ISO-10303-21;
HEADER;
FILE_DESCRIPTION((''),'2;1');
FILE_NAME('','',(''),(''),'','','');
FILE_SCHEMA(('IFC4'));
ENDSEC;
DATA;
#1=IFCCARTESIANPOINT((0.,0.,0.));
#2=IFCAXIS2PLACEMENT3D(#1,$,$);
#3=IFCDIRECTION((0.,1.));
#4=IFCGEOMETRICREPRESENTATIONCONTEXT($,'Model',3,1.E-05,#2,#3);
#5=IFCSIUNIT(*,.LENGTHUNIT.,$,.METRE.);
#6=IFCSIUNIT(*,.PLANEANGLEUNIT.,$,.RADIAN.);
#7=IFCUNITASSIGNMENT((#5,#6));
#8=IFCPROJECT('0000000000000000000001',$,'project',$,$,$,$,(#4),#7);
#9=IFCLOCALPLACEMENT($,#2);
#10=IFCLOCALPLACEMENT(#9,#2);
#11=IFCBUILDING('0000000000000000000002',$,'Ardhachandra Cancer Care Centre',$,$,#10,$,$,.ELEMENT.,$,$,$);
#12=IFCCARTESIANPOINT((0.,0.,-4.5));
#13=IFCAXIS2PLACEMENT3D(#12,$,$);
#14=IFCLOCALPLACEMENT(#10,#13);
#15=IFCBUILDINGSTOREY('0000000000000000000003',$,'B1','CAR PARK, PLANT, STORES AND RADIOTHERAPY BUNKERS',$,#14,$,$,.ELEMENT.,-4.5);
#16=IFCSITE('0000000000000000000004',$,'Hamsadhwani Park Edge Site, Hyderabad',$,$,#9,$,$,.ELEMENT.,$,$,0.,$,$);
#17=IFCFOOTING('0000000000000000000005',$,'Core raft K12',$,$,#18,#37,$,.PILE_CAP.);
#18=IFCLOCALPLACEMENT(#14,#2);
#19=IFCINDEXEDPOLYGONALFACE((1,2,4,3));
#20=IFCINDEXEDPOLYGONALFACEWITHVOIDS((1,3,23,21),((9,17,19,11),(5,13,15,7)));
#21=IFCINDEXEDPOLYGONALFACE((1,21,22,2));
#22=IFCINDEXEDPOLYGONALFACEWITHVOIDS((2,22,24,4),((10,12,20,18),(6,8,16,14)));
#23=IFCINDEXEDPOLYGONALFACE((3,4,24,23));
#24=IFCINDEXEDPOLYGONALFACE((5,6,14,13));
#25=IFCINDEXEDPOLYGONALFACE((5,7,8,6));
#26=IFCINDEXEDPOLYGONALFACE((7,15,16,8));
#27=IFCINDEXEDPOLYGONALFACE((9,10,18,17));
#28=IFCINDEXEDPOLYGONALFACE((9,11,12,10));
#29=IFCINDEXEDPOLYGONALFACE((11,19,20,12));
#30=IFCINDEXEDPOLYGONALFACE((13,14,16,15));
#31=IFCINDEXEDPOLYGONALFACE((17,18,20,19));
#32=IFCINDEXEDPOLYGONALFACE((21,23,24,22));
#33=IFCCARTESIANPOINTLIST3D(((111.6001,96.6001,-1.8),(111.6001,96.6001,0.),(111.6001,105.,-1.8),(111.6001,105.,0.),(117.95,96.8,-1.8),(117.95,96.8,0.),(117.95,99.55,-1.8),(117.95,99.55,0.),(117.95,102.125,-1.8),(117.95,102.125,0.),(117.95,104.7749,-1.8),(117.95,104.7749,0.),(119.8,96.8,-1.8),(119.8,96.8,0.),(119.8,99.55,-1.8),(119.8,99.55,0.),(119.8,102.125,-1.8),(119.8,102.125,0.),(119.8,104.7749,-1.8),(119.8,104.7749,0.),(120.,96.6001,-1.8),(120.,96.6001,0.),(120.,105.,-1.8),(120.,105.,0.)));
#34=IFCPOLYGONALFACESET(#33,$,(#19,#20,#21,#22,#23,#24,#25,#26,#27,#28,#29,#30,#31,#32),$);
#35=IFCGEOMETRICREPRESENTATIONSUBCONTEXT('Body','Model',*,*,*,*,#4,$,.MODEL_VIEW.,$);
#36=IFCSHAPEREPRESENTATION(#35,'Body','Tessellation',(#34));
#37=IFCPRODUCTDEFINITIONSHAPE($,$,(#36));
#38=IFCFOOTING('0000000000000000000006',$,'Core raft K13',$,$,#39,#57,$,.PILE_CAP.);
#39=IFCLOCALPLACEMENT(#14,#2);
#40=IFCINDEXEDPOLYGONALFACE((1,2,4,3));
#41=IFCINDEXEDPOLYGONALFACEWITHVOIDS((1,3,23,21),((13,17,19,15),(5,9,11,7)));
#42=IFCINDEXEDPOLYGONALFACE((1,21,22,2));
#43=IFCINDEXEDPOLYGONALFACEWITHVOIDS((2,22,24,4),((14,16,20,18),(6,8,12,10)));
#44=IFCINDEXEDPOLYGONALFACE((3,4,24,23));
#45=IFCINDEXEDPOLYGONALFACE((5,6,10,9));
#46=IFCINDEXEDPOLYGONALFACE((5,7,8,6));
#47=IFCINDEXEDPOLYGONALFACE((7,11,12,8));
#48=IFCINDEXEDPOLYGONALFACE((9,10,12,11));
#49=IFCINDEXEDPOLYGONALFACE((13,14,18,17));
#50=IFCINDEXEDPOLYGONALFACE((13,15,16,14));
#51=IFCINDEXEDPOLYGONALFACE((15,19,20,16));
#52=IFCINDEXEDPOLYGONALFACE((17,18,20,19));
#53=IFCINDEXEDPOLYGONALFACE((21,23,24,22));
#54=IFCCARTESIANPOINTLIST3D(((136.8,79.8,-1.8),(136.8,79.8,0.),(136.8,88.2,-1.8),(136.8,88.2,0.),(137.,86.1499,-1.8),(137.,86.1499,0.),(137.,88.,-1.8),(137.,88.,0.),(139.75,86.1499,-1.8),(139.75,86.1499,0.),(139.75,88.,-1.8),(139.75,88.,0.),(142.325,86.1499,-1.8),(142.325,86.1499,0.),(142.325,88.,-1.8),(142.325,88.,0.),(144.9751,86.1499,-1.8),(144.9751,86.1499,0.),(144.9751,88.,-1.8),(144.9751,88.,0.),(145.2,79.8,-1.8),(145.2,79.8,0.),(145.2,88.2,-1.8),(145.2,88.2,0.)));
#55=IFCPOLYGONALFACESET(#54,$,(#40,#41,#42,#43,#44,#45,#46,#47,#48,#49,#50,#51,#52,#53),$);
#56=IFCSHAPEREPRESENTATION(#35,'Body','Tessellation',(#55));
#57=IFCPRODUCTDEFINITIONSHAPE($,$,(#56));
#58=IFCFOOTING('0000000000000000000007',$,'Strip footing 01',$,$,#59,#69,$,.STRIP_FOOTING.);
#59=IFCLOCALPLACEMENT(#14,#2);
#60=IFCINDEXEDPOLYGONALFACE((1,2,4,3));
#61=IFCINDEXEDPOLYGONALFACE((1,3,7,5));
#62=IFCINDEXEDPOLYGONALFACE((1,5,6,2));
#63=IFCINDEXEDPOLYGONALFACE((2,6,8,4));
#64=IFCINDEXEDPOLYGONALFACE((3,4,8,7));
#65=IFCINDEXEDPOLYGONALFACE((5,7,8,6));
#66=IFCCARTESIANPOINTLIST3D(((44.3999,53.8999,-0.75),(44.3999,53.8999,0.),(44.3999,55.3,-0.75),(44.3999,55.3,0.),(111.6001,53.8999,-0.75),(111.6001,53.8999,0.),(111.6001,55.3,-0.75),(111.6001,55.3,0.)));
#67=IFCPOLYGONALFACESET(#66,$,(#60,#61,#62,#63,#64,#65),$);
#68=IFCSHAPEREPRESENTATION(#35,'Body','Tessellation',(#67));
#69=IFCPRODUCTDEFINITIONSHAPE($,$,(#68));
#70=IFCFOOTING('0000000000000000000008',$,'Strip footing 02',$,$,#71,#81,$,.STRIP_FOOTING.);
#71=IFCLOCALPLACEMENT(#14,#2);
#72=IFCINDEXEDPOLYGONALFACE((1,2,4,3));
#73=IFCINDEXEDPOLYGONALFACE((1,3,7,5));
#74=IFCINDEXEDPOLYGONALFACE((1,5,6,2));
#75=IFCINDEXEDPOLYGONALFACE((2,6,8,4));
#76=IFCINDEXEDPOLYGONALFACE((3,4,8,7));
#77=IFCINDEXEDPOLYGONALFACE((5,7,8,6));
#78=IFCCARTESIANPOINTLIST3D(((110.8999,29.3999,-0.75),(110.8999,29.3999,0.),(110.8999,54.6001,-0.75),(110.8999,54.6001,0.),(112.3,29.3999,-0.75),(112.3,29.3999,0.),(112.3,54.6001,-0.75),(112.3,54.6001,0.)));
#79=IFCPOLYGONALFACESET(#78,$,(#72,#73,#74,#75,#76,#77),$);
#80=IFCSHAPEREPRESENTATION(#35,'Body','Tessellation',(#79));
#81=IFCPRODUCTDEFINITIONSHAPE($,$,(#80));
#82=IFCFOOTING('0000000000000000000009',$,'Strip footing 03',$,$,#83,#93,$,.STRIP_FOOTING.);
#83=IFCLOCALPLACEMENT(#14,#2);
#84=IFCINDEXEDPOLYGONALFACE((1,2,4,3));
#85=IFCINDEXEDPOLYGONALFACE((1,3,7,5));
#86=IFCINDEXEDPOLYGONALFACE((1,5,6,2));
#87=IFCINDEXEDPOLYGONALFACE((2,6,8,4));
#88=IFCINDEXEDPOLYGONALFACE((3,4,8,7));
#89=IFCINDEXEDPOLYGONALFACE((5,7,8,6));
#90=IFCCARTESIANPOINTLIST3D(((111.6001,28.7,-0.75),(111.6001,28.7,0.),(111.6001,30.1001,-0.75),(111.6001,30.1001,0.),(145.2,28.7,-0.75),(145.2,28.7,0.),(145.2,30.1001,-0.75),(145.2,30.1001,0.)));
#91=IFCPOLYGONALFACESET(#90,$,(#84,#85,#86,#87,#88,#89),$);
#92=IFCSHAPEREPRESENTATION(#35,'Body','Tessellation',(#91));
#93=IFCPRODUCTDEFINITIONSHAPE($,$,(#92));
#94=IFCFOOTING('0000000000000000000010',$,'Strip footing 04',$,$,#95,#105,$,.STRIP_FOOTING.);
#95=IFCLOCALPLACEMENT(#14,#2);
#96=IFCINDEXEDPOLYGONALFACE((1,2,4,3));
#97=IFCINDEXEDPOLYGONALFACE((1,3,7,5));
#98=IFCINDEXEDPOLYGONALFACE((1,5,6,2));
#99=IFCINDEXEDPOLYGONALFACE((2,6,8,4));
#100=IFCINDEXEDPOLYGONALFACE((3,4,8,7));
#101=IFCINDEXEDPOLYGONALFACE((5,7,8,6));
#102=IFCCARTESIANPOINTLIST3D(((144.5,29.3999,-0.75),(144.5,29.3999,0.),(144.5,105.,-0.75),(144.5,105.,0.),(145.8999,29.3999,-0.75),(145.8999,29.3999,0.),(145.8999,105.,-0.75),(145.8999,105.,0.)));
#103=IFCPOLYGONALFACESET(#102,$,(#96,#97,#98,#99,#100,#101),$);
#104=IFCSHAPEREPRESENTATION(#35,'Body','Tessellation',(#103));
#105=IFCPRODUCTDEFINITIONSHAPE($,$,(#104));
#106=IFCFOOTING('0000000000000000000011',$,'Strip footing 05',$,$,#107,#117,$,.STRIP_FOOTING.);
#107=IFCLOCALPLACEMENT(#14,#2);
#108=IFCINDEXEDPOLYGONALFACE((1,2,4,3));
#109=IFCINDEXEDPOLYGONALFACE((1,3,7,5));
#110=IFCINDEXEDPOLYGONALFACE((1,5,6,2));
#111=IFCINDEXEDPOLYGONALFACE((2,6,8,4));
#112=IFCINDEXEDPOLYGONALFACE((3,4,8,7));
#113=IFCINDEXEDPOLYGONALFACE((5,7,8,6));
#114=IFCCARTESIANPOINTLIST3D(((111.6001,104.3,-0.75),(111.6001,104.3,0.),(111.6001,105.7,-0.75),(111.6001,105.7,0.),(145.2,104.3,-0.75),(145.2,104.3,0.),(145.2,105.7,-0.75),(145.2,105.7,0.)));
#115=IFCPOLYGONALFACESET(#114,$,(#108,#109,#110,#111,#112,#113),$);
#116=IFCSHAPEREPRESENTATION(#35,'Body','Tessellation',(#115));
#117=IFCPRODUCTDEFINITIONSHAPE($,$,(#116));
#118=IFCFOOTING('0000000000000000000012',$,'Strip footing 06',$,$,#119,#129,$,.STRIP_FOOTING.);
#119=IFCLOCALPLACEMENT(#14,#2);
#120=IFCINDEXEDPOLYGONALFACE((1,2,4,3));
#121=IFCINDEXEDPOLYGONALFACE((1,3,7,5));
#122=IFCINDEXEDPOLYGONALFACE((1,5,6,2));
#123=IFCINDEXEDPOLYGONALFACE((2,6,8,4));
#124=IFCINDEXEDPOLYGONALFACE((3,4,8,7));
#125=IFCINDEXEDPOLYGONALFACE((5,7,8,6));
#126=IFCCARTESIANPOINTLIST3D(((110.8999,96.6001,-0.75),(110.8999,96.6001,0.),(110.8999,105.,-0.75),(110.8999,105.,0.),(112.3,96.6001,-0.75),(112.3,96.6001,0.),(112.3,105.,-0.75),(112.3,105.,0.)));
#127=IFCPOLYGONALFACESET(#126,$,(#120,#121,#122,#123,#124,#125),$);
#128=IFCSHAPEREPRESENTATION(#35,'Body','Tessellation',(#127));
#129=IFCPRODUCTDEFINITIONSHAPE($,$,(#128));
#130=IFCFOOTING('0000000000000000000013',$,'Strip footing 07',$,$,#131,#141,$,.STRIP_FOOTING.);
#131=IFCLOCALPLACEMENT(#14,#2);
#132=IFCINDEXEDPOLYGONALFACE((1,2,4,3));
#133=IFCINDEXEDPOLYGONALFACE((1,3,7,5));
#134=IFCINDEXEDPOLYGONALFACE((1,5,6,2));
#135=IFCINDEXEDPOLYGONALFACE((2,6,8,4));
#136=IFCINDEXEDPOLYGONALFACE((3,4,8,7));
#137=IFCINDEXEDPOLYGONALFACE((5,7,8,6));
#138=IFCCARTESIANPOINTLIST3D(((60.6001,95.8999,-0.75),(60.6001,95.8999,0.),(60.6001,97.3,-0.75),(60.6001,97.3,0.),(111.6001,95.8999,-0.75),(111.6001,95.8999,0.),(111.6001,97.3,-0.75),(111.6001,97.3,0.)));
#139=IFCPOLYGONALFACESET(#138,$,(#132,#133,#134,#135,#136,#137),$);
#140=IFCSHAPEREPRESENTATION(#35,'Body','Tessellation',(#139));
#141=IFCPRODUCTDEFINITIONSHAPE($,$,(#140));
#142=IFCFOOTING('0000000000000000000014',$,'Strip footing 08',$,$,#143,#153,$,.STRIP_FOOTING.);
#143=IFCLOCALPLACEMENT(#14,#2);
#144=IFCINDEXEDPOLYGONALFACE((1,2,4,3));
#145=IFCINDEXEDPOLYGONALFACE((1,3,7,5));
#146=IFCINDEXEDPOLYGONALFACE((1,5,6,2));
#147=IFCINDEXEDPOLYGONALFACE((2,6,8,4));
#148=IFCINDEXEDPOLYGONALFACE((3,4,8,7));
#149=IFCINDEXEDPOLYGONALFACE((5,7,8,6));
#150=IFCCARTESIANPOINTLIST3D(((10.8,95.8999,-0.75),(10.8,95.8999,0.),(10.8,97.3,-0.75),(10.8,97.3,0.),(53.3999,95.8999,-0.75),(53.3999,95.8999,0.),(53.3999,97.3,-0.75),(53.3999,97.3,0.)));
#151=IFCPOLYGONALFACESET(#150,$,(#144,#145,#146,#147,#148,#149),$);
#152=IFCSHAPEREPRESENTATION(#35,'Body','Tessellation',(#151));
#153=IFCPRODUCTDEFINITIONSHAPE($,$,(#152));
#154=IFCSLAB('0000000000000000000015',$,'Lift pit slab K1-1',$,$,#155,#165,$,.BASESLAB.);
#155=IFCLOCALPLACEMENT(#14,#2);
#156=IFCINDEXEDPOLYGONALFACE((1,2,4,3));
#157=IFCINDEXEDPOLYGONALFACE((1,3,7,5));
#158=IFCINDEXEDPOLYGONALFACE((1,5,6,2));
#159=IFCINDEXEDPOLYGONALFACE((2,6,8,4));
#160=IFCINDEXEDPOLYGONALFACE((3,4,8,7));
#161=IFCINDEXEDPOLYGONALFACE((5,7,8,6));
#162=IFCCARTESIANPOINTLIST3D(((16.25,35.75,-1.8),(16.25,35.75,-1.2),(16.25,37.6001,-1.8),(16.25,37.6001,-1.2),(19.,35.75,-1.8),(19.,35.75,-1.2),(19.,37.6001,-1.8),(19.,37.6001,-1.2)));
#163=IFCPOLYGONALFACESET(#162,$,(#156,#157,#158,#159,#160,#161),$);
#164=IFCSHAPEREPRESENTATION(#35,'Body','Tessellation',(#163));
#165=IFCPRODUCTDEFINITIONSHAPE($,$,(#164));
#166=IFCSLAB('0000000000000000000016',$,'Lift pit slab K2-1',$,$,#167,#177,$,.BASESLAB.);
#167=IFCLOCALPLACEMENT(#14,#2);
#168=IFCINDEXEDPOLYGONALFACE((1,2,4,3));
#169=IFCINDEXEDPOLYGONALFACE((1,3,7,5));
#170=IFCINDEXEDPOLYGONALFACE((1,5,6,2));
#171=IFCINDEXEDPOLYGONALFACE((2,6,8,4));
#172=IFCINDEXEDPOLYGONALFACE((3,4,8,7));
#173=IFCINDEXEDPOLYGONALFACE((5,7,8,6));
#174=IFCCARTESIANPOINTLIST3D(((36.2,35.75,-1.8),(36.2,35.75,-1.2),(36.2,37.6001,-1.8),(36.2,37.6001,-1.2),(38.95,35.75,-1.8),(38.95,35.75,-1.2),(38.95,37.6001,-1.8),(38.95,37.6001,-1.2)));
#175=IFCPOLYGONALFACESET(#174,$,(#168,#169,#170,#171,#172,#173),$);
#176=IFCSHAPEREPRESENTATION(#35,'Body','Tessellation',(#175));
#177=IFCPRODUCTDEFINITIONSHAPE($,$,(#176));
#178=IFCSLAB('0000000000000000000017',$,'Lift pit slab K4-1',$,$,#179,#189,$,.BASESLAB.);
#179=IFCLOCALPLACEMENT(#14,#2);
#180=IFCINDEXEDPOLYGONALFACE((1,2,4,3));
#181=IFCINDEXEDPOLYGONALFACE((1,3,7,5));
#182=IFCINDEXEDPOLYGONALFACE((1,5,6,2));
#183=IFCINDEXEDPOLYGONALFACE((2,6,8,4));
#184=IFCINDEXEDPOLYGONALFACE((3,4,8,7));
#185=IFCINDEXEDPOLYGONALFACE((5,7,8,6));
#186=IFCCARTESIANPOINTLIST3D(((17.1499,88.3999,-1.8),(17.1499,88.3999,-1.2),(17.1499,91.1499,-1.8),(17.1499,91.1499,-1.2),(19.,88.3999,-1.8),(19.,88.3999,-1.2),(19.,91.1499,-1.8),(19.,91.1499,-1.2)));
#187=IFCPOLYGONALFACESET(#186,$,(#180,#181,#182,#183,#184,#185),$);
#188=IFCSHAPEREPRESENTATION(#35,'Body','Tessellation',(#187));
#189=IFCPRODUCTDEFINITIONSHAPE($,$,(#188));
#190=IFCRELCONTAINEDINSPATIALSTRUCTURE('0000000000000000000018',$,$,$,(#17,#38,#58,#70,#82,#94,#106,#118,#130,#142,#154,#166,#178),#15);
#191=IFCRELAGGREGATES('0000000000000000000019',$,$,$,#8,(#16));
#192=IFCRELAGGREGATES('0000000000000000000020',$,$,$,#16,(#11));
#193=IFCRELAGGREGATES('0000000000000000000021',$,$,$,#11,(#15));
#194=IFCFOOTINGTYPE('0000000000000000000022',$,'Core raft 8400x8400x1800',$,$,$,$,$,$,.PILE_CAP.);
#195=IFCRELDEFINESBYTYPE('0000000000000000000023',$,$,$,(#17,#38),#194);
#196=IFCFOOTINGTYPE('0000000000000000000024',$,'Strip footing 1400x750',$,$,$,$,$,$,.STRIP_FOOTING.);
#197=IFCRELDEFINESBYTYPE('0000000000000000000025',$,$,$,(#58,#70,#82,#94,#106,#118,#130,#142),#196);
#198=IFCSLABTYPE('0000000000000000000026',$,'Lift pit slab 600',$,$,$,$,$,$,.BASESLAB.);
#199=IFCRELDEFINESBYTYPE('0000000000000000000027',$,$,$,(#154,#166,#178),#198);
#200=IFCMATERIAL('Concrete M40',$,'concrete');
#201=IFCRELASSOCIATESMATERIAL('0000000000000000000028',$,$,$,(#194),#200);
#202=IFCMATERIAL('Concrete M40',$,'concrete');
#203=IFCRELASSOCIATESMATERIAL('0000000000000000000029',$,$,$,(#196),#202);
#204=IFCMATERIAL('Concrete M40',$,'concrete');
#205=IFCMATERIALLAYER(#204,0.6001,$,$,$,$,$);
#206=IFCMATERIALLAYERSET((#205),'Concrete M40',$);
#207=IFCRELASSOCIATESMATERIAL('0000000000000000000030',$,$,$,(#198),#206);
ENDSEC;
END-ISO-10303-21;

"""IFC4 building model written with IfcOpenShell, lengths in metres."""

from ifc_helpers import new_model, si_unit, direction, frame, origin, place, context, subcontext, project, spatial, polyline, outline, extrude, material, layer, layer_set, type_object, element, save


model = new_model("IFC4")

# Units and contexts
model_context = context("Model", 3, precision=1e-05, world=origin(), true_north=direction((0.0, 1.0)))
body_context = subcontext(model_context, "Body", "Model", "MODEL_VIEW")
ifc_project = project(units=[si_unit("LENGTHUNIT", "METRE"), si_unit("PLANEANGLEUNIT", "RADIAN")], contexts=[model_context])

# Site, building, storey
site_placement = place(None, origin())
site = spatial("IfcSite", under=ifc_project, at=site_placement, Name="Hamsadhwani Park Edge Site, Hyderabad", CompositionType="ELEMENT", RefElevation=0.0)
building_placement = place(site_placement, origin())
building = spatial("IfcBuilding", under=site, at=building_placement, Name="Ardhachandra Cancer Care Centre", CompositionType="ELEMENT")
storey_placement = place(building_placement, frame((0.0, 0.0, -4.5)))
storey = spatial("IfcBuildingStorey", under=building, at=storey_placement, Name="B1", Description="CAR PARK, PLANT, STORES AND RADIOTHERAPY BUNKERS", CompositionType="ELEMENT", Elevation=-4.5)

# Footings
ifc_material_1 = material(Name="Concrete M40", Category="concrete")
footing_type_1 = type_object("IfcFootingType", Name="Core raft 8400x8400x1800", PredefinedType="PILE_CAP", material=ifc_material_1)
footing_1_placement = place(storey_placement, frame((0.0, 0.0, -1.8)))
element("IfcFooting", 1, at=footing_1_placement, inside=storey, type_object=footing_type_1, Name="Core raft K12", PredefinedType="PILE_CAP", context=body_context, shape_type="SweptSolid", body=[
    extrude(outline(polyline([(111.6001, 96.6001), (120.0, 96.6001), (120.0, 105.0), (111.6001, 105.0), (111.6001, 96.6001)]), holes=[polyline([(117.95, 96.8), (119.8, 96.8), (119.8, 99.55), (117.95, 99.55), (117.95, 96.8)]), polyline([(117.95, 102.125), (119.8, 102.125), (119.8, 104.7749), (117.95, 104.7749), (117.95, 102.125)])]), origin(), (0.0, 0.0, 1.0), 1.8),
])
footing_2_placement = place(storey_placement, frame((0.0, 0.0, -1.8)))
element("IfcFooting", 2, at=footing_2_placement, inside=storey, type_object=footing_type_1, Name="Core raft K13", PredefinedType="PILE_CAP", context=body_context, shape_type="SweptSolid", body=[
    extrude(outline(polyline([(136.8, 79.8), (145.2, 79.8), (145.2, 88.2), (136.8, 88.2), (136.8, 79.8)]), holes=[polyline([(137.0, 86.1499), (139.75, 86.1499), (139.75, 88.0), (137.0, 88.0), (137.0, 86.1499)]), polyline([(142.325, 86.1499), (144.9751, 86.1499), (144.9751, 88.0), (142.325, 88.0), (142.325, 86.1499)])]), origin(), (0.0, 0.0, 1.0), 1.8),
])
ifc_material_2 = material(Name="Concrete M40", Category="concrete")
footing_type_2 = type_object("IfcFootingType", Name="Strip footing 1400x750", PredefinedType="STRIP_FOOTING", material=ifc_material_2)
footing_3_placement = place(storey_placement, frame((0.0, 0.0, -0.75)))
element("IfcFooting", 3, at=footing_3_placement, inside=storey, type_object=footing_type_2, Name="Strip footing 01", PredefinedType="STRIP_FOOTING", context=body_context, shape_type="SweptSolid", body=[
    extrude(outline(polyline([(44.3999, 53.8999), (111.6001, 53.8999), (111.6001, 55.3), (44.3999, 55.3), (44.3999, 53.8999)])), origin(), (0.0, 0.0, 1.0), 0.75),
])
footing_4_placement = place(storey_placement, frame((0.0, 0.0, -0.75)))
element("IfcFooting", 4, at=footing_4_placement, inside=storey, type_object=footing_type_2, Name="Strip footing 02", PredefinedType="STRIP_FOOTING", context=body_context, shape_type="SweptSolid", body=[
    extrude(outline(polyline([(110.8999, 54.6001), (110.8999, 29.3999), (112.3, 29.3999), (112.3, 54.6001), (110.8999, 54.6001)])), origin(), (0.0, 0.0, 1.0), 0.75),
])
footing_5_placement = place(storey_placement, frame((0.0, 0.0, -0.75)))
element("IfcFooting", 5, at=footing_5_placement, inside=storey, type_object=footing_type_2, Name="Strip footing 03", PredefinedType="STRIP_FOOTING", context=body_context, shape_type="SweptSolid", body=[
    extrude(outline(polyline([(111.6001, 28.7), (145.2, 28.7), (145.2, 30.1001), (111.6001, 30.1001), (111.6001, 28.7)])), origin(), (0.0, 0.0, 1.0), 0.75),
])
footing_6_placement = place(storey_placement, frame((0.0, 0.0, -0.75)))
element("IfcFooting", 6, at=footing_6_placement, inside=storey, type_object=footing_type_2, Name="Strip footing 04", PredefinedType="STRIP_FOOTING", context=body_context, shape_type="SweptSolid", body=[
    extrude(outline(polyline([(145.8999, 29.3999), (145.8999, 105.0), (144.5, 105.0), (144.5, 29.3999), (145.8999, 29.3999)])), origin(), (0.0, 0.0, 1.0), 0.75),
])
footing_7_placement = place(storey_placement, frame((0.0, 0.0, -0.75)))
element("IfcFooting", 7, at=footing_7_placement, inside=storey, type_object=footing_type_2, Name="Strip footing 05", PredefinedType="STRIP_FOOTING", context=body_context, shape_type="SweptSolid", body=[
    extrude(outline(polyline([(145.2, 105.7), (111.6001, 105.7), (111.6001, 104.3), (145.2, 104.3), (145.2, 105.7)])), origin(), (0.0, 0.0, 1.0), 0.75),
])
footing_8_placement = place(storey_placement, frame((0.0, 0.0, -0.75)))
element("IfcFooting", 8, at=footing_8_placement, inside=storey, type_object=footing_type_2, Name="Strip footing 06", PredefinedType="STRIP_FOOTING", context=body_context, shape_type="SweptSolid", body=[
    extrude(outline(polyline([(110.8999, 105.0), (110.8999, 96.6001), (112.3, 96.6001), (112.3, 105.0), (110.8999, 105.0)])), origin(), (0.0, 0.0, 1.0), 0.75),
])
footing_9_placement = place(storey_placement, frame((0.0, 0.0, -0.75)))
element("IfcFooting", 9, at=footing_9_placement, inside=storey, type_object=footing_type_2, Name="Strip footing 07", PredefinedType="STRIP_FOOTING", context=body_context, shape_type="SweptSolid", body=[
    extrude(outline(polyline([(111.6001, 97.3), (60.6001, 97.3), (60.6001, 95.8999), (111.6001, 95.8999), (111.6001, 97.3)])), origin(), (0.0, 0.0, 1.0), 0.75),
])
footing_10_placement = place(storey_placement, frame((0.0, 0.0, -0.75)))
element("IfcFooting", 10, at=footing_10_placement, inside=storey, type_object=footing_type_2, Name="Strip footing 08", PredefinedType="STRIP_FOOTING", context=body_context, shape_type="SweptSolid", body=[
    extrude(outline(polyline([(53.3999, 97.3), (10.8, 97.3), (10.8, 95.8999), (53.3999, 95.8999), (53.3999, 97.3)])), origin(), (0.0, 0.0, 1.0), 0.75),
])

# Slabs
ifc_material_3 = material(Name="Concrete M40", Category="concrete")
ifc_layer = layer(ifc_material_3, 0.6001)
ifc_layer_set = layer_set([ifc_layer], Name="Concrete M40")
slab_type = type_object("IfcSlabType", Name="Lift pit slab 600", PredefinedType="BASESLAB", material=ifc_layer_set)
slab_1_placement = place(storey_placement, frame((0.0, 0.0, -1.8)))
element("IfcSlab", 11, at=slab_1_placement, inside=storey, type_object=slab_type, Name="Lift pit slab K1-1", PredefinedType="BASESLAB", context=body_context, shape_type="SweptSolid", body=[
    extrude(outline(polyline([(16.25, 35.75), (19.0, 35.75), (19.0, 37.6001), (16.25, 37.6001), (16.25, 35.75)])), origin(), (0.0, 0.0, 1.0), 0.6001),
])
slab_2_placement = place(storey_placement, frame((0.0, 0.0, -1.8)))
element("IfcSlab", 12, at=slab_2_placement, inside=storey, type_object=slab_type, Name="Lift pit slab K2-1", PredefinedType="BASESLAB", context=body_context, shape_type="SweptSolid", body=[
    extrude(outline(polyline([(36.2, 35.75), (38.95, 35.75), (38.95, 37.6001), (36.2, 37.6001), (36.2, 35.75)])), origin(), (0.0, 0.0, 1.0), 0.6001),
])
slab_3_placement = place(storey_placement, frame((0.0, 0.0, -1.8)))
element("IfcSlab", 13, at=slab_3_placement, inside=storey, type_object=slab_type, Name="Lift pit slab K4-1", PredefinedType="BASESLAB", context=body_context, shape_type="SweptSolid", body=[
    extrude(outline(polyline([(17.1499, 88.3999), (19.0, 88.3999), (19.0, 91.1499), (17.1499, 91.1499), (17.1499, 88.3999)])), origin(), (0.0, 0.0, 1.0), 0.6001),
])

save(model, "model.ifc")
